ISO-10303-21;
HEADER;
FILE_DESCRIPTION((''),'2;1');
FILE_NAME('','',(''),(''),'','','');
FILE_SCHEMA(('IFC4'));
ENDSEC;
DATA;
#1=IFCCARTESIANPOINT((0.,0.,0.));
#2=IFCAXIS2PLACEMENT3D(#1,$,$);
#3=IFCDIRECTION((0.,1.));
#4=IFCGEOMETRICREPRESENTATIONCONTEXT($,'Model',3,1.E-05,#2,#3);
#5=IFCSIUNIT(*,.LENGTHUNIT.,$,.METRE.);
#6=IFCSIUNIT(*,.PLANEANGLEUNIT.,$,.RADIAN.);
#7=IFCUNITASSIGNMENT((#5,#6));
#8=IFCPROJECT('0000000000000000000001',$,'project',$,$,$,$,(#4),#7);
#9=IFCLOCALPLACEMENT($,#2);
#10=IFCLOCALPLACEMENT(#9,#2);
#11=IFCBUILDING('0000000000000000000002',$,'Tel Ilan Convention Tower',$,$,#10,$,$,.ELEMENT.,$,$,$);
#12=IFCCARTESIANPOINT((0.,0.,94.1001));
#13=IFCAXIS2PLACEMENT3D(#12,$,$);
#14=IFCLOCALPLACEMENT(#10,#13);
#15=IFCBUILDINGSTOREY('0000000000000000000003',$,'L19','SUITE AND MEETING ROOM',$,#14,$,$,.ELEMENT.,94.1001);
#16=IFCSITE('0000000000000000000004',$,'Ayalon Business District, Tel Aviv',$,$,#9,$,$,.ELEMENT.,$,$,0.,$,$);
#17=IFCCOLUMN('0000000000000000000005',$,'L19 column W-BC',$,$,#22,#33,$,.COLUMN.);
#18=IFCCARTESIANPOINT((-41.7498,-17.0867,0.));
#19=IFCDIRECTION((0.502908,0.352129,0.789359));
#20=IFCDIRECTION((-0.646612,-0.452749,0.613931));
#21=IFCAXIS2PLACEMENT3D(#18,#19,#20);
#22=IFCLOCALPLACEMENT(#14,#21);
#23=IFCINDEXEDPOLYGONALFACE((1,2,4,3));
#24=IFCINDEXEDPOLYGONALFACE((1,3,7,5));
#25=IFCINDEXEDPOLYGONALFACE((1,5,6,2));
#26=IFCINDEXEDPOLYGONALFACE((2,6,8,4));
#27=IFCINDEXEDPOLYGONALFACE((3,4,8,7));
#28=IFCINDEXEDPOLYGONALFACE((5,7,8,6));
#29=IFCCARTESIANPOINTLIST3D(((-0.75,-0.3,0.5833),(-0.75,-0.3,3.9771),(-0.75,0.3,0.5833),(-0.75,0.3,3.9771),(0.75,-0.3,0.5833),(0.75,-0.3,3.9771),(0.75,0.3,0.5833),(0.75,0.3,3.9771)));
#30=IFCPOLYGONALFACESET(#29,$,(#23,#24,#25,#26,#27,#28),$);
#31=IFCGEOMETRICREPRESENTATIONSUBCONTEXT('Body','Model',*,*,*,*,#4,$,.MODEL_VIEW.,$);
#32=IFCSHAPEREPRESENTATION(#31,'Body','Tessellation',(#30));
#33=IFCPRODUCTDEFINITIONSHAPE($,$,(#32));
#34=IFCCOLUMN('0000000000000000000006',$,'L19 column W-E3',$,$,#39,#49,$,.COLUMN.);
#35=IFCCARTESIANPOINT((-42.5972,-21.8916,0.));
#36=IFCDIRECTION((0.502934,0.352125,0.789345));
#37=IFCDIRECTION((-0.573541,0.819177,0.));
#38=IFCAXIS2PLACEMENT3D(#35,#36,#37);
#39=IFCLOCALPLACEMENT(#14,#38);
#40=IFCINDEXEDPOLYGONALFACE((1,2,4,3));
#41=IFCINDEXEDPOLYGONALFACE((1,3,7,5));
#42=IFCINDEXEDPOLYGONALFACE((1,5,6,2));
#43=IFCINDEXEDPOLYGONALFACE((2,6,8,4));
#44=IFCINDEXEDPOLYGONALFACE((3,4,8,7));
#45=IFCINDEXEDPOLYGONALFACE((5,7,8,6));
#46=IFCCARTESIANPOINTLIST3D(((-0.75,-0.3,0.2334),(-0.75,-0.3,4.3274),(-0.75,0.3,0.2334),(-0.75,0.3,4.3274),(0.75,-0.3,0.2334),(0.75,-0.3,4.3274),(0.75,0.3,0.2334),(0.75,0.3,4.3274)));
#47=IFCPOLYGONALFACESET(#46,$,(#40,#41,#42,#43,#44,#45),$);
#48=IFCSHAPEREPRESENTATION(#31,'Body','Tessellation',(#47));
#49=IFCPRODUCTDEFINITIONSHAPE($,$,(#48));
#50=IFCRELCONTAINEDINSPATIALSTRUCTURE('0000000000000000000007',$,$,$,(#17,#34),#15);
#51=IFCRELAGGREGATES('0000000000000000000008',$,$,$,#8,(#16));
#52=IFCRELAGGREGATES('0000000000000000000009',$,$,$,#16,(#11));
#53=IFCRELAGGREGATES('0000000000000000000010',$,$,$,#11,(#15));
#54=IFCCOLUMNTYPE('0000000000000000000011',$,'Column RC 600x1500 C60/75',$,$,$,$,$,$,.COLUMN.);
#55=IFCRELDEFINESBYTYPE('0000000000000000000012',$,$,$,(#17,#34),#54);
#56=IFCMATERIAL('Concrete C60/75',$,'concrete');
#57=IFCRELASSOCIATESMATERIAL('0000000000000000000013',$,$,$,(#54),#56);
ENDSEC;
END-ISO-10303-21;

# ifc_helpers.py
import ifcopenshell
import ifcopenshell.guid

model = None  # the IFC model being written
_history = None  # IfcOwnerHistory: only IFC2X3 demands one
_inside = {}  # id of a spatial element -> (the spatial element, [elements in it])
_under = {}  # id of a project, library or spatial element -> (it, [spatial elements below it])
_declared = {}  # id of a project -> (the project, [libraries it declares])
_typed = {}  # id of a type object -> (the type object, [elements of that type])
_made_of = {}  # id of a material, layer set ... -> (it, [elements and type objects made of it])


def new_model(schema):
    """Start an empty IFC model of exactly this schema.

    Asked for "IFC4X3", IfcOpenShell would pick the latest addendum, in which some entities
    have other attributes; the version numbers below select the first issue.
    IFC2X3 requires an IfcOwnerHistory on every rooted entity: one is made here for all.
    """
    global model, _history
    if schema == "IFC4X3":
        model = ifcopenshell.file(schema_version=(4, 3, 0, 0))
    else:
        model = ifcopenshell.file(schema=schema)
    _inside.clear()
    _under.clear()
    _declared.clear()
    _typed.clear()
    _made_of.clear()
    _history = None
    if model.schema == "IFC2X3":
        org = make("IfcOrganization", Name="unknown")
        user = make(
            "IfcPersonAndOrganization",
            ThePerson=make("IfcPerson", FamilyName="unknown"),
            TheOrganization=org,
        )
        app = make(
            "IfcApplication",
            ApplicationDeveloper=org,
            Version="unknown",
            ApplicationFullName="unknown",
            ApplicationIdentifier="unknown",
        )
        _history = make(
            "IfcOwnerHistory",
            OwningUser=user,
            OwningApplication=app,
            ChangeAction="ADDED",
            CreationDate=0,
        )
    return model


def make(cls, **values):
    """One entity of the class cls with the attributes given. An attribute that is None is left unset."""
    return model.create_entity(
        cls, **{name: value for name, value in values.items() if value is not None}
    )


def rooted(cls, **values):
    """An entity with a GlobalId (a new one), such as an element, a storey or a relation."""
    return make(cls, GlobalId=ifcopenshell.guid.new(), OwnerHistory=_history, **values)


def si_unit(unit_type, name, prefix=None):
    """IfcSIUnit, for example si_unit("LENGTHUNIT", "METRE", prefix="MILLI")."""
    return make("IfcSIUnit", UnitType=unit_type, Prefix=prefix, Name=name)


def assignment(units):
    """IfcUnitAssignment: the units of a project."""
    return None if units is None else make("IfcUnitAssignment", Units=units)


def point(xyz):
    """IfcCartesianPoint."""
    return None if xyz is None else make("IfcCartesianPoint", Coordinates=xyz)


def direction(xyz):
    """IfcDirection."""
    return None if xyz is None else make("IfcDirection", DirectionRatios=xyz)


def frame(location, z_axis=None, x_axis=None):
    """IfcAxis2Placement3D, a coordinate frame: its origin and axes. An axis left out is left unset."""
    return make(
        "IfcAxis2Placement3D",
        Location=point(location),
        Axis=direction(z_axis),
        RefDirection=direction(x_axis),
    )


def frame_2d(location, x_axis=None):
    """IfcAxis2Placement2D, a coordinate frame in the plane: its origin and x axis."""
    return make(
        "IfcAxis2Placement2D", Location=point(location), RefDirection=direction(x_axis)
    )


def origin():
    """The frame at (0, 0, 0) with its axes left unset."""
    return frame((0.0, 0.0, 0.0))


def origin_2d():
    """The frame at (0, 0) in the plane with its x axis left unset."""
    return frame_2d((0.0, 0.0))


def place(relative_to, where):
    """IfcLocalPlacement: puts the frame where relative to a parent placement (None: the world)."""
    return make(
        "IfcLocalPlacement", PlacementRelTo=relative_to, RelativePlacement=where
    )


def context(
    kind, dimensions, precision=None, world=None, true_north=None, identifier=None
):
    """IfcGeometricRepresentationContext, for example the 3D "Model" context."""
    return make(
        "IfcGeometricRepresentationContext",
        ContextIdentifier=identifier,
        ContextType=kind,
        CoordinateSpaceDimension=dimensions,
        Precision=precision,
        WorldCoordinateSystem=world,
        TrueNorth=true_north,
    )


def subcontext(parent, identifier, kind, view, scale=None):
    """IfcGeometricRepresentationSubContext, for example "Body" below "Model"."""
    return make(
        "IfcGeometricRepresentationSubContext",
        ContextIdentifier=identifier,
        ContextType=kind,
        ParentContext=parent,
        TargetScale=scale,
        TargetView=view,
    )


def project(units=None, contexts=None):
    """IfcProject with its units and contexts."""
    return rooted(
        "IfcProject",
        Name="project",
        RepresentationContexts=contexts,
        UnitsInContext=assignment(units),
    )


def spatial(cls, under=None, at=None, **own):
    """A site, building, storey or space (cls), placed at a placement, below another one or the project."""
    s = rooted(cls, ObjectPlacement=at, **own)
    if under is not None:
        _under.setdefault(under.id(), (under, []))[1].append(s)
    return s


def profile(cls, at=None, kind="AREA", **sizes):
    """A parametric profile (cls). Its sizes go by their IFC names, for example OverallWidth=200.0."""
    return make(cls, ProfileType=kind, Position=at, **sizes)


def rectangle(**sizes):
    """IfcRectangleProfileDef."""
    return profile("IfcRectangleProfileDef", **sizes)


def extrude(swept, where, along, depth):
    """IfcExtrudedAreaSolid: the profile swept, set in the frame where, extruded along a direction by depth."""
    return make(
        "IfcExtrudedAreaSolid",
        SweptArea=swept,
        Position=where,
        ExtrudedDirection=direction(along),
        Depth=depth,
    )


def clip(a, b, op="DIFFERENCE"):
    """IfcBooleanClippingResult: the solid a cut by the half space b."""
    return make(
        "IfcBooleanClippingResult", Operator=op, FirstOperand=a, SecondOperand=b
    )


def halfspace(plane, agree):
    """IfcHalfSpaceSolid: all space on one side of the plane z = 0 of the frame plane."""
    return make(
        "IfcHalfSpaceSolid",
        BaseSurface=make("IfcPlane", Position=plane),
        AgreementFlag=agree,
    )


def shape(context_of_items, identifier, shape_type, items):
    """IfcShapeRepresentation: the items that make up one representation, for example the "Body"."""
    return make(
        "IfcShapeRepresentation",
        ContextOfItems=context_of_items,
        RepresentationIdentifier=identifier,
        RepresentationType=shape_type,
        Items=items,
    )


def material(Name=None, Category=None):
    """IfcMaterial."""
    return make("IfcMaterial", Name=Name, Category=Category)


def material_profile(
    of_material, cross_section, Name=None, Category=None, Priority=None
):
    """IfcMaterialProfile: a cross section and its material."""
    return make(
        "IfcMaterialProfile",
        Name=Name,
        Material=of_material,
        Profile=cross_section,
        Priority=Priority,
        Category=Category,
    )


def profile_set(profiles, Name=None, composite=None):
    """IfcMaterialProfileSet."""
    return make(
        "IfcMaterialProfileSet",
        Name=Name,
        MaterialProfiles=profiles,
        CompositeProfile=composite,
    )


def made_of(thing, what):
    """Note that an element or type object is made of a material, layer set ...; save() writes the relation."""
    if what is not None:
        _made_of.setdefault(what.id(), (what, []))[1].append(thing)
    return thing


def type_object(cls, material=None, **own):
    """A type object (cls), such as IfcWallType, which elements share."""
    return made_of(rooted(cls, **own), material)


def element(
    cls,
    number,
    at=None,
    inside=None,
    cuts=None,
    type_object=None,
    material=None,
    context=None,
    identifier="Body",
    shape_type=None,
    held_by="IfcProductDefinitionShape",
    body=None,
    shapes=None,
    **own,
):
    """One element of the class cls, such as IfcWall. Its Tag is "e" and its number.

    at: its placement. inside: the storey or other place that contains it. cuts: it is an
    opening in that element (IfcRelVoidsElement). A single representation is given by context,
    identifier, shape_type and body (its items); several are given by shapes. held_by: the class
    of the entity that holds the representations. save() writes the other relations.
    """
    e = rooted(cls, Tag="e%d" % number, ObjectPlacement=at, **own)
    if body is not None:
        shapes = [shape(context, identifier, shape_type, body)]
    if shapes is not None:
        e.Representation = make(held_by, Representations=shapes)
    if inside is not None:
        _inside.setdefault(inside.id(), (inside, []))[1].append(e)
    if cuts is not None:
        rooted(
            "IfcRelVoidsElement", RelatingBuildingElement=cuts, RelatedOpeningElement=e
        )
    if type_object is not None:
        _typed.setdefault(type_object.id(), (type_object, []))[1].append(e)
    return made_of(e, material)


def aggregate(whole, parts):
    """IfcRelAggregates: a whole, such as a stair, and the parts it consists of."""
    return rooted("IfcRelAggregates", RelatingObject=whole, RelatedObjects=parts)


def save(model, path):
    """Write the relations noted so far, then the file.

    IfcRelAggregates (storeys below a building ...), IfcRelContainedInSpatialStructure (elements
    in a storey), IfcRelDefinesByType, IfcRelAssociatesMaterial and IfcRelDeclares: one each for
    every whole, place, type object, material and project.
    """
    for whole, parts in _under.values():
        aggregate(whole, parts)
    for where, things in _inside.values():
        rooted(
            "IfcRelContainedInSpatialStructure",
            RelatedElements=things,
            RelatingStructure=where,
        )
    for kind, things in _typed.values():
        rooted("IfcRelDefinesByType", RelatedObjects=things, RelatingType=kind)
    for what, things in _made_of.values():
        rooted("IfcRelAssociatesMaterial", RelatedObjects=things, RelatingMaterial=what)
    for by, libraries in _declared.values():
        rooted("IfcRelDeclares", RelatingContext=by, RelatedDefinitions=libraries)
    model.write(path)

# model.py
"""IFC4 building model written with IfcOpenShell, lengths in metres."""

from ifc_helpers import new_model, si_unit, direction, frame, origin, origin_2d, place, context, subcontext, project, spatial, rectangle, extrude, clip, halfspace, material, material_profile, profile_set, type_object, element, save


model = new_model("IFC4")

# Units and contexts
model_context = context("Model", 3, precision=1e-05, world=origin(), true_north=direction((0.0, 1.0)))
body_context = subcontext(model_context, "Body", "Model", "MODEL_VIEW")
ifc_project = project(units=[si_unit("LENGTHUNIT", "METRE"), si_unit("PLANEANGLEUNIT", "RADIAN")], contexts=[model_context])

# Site, building, storey
site_placement = place(None, origin())
site = spatial("IfcSite", under=ifc_project, at=site_placement, Name="Ayalon Business District, Tel Aviv", CompositionType="ELEMENT", RefElevation=0.0)
building_placement = place(site_placement, origin())
building = spatial("IfcBuilding", under=site, at=building_placement, Name="Tel Ilan Convention Tower", CompositionType="ELEMENT")
storey_placement = place(building_placement, frame((0.0, 0.0, 94.1001)))
storey = spatial("IfcBuildingStorey", under=building, at=storey_placement, Name="L19", Description="SUITE AND MEETING ROOM", CompositionType="ELEMENT", Elevation=94.1001)

# Columns
ifc_material_1 = material(Name="Concrete C60/75", Category="concrete")
ifc_material_profile_1 = material_profile(ifc_material_1, rectangle(XDim=1.5, YDim=0.6001, at=origin_2d()), Name="RC 600x1500")
ifc_profile_set_1 = profile_set([ifc_material_profile_1], Name="Concrete C60/75")
column_type_1 = type_object("IfcColumnType", Name="Column RC 600x1500 C60/75", PredefinedType="COLUMN", material=ifc_profile_set_1)
column_1_placement = place(storey_placement, frame((-41.7498, -17.0867, 0.0), z_axis=(0.502908, 0.352129, 0.789359), x_axis=(-0.646612, -0.452749, 0.613931)))
element("IfcColumn", 1, at=column_1_placement, inside=storey, type_object=column_type_1, Name="L19 column W-BC", PredefinedType="COLUMN", context=body_context, shape_type="Clipping", body=[
    clip(clip(extrude(rectangle(XDim=1.5, YDim=0.6001, at=origin_2d()), origin(), (0.0, 0.0, 1.0), 4.5605), halfspace(frame((0.0, 0.0, 0.5833), z_axis=(0.0, 0.0, 1.0), x_axis=(1.0, 0.0, 0.0)), True)), halfspace(frame((0.0, 0.0, 3.9771), z_axis=(0.0, 0.0, 1.0), x_axis=(1.0, 0.0, 0.0)), False)),
])
column_2_placement = place(storey_placement, frame((-42.5972, -21.8916, 0.0), z_axis=(0.502934, 0.352125, 0.789345), x_axis=(-0.573541, 0.819177, 0.0)))
element("IfcColumn", 2, at=column_2_placement, inside=storey, type_object=column_type_1, Name="L19 column W-E3", PredefinedType="COLUMN", context=body_context, shape_type="Clipping", body=[
    clip(clip(extrude(rectangle(XDim=1.5, YDim=0.6001, at=origin_2d()), origin(), (0.0, 0.0, 1.0), 4.5608), halfspace(frame((0.0, 0.0, 0.2334), z_axis=(0.0, 0.0, 1.0), x_axis=(1.0, 0.0, 0.0)), True)), halfspace(frame((0.0, 0.0, 4.3274), z_axis=(0.0, 0.0, 1.0), x_axis=(1.0, 0.0, 0.0)), False)),
])

save(model, "model.ifc")
